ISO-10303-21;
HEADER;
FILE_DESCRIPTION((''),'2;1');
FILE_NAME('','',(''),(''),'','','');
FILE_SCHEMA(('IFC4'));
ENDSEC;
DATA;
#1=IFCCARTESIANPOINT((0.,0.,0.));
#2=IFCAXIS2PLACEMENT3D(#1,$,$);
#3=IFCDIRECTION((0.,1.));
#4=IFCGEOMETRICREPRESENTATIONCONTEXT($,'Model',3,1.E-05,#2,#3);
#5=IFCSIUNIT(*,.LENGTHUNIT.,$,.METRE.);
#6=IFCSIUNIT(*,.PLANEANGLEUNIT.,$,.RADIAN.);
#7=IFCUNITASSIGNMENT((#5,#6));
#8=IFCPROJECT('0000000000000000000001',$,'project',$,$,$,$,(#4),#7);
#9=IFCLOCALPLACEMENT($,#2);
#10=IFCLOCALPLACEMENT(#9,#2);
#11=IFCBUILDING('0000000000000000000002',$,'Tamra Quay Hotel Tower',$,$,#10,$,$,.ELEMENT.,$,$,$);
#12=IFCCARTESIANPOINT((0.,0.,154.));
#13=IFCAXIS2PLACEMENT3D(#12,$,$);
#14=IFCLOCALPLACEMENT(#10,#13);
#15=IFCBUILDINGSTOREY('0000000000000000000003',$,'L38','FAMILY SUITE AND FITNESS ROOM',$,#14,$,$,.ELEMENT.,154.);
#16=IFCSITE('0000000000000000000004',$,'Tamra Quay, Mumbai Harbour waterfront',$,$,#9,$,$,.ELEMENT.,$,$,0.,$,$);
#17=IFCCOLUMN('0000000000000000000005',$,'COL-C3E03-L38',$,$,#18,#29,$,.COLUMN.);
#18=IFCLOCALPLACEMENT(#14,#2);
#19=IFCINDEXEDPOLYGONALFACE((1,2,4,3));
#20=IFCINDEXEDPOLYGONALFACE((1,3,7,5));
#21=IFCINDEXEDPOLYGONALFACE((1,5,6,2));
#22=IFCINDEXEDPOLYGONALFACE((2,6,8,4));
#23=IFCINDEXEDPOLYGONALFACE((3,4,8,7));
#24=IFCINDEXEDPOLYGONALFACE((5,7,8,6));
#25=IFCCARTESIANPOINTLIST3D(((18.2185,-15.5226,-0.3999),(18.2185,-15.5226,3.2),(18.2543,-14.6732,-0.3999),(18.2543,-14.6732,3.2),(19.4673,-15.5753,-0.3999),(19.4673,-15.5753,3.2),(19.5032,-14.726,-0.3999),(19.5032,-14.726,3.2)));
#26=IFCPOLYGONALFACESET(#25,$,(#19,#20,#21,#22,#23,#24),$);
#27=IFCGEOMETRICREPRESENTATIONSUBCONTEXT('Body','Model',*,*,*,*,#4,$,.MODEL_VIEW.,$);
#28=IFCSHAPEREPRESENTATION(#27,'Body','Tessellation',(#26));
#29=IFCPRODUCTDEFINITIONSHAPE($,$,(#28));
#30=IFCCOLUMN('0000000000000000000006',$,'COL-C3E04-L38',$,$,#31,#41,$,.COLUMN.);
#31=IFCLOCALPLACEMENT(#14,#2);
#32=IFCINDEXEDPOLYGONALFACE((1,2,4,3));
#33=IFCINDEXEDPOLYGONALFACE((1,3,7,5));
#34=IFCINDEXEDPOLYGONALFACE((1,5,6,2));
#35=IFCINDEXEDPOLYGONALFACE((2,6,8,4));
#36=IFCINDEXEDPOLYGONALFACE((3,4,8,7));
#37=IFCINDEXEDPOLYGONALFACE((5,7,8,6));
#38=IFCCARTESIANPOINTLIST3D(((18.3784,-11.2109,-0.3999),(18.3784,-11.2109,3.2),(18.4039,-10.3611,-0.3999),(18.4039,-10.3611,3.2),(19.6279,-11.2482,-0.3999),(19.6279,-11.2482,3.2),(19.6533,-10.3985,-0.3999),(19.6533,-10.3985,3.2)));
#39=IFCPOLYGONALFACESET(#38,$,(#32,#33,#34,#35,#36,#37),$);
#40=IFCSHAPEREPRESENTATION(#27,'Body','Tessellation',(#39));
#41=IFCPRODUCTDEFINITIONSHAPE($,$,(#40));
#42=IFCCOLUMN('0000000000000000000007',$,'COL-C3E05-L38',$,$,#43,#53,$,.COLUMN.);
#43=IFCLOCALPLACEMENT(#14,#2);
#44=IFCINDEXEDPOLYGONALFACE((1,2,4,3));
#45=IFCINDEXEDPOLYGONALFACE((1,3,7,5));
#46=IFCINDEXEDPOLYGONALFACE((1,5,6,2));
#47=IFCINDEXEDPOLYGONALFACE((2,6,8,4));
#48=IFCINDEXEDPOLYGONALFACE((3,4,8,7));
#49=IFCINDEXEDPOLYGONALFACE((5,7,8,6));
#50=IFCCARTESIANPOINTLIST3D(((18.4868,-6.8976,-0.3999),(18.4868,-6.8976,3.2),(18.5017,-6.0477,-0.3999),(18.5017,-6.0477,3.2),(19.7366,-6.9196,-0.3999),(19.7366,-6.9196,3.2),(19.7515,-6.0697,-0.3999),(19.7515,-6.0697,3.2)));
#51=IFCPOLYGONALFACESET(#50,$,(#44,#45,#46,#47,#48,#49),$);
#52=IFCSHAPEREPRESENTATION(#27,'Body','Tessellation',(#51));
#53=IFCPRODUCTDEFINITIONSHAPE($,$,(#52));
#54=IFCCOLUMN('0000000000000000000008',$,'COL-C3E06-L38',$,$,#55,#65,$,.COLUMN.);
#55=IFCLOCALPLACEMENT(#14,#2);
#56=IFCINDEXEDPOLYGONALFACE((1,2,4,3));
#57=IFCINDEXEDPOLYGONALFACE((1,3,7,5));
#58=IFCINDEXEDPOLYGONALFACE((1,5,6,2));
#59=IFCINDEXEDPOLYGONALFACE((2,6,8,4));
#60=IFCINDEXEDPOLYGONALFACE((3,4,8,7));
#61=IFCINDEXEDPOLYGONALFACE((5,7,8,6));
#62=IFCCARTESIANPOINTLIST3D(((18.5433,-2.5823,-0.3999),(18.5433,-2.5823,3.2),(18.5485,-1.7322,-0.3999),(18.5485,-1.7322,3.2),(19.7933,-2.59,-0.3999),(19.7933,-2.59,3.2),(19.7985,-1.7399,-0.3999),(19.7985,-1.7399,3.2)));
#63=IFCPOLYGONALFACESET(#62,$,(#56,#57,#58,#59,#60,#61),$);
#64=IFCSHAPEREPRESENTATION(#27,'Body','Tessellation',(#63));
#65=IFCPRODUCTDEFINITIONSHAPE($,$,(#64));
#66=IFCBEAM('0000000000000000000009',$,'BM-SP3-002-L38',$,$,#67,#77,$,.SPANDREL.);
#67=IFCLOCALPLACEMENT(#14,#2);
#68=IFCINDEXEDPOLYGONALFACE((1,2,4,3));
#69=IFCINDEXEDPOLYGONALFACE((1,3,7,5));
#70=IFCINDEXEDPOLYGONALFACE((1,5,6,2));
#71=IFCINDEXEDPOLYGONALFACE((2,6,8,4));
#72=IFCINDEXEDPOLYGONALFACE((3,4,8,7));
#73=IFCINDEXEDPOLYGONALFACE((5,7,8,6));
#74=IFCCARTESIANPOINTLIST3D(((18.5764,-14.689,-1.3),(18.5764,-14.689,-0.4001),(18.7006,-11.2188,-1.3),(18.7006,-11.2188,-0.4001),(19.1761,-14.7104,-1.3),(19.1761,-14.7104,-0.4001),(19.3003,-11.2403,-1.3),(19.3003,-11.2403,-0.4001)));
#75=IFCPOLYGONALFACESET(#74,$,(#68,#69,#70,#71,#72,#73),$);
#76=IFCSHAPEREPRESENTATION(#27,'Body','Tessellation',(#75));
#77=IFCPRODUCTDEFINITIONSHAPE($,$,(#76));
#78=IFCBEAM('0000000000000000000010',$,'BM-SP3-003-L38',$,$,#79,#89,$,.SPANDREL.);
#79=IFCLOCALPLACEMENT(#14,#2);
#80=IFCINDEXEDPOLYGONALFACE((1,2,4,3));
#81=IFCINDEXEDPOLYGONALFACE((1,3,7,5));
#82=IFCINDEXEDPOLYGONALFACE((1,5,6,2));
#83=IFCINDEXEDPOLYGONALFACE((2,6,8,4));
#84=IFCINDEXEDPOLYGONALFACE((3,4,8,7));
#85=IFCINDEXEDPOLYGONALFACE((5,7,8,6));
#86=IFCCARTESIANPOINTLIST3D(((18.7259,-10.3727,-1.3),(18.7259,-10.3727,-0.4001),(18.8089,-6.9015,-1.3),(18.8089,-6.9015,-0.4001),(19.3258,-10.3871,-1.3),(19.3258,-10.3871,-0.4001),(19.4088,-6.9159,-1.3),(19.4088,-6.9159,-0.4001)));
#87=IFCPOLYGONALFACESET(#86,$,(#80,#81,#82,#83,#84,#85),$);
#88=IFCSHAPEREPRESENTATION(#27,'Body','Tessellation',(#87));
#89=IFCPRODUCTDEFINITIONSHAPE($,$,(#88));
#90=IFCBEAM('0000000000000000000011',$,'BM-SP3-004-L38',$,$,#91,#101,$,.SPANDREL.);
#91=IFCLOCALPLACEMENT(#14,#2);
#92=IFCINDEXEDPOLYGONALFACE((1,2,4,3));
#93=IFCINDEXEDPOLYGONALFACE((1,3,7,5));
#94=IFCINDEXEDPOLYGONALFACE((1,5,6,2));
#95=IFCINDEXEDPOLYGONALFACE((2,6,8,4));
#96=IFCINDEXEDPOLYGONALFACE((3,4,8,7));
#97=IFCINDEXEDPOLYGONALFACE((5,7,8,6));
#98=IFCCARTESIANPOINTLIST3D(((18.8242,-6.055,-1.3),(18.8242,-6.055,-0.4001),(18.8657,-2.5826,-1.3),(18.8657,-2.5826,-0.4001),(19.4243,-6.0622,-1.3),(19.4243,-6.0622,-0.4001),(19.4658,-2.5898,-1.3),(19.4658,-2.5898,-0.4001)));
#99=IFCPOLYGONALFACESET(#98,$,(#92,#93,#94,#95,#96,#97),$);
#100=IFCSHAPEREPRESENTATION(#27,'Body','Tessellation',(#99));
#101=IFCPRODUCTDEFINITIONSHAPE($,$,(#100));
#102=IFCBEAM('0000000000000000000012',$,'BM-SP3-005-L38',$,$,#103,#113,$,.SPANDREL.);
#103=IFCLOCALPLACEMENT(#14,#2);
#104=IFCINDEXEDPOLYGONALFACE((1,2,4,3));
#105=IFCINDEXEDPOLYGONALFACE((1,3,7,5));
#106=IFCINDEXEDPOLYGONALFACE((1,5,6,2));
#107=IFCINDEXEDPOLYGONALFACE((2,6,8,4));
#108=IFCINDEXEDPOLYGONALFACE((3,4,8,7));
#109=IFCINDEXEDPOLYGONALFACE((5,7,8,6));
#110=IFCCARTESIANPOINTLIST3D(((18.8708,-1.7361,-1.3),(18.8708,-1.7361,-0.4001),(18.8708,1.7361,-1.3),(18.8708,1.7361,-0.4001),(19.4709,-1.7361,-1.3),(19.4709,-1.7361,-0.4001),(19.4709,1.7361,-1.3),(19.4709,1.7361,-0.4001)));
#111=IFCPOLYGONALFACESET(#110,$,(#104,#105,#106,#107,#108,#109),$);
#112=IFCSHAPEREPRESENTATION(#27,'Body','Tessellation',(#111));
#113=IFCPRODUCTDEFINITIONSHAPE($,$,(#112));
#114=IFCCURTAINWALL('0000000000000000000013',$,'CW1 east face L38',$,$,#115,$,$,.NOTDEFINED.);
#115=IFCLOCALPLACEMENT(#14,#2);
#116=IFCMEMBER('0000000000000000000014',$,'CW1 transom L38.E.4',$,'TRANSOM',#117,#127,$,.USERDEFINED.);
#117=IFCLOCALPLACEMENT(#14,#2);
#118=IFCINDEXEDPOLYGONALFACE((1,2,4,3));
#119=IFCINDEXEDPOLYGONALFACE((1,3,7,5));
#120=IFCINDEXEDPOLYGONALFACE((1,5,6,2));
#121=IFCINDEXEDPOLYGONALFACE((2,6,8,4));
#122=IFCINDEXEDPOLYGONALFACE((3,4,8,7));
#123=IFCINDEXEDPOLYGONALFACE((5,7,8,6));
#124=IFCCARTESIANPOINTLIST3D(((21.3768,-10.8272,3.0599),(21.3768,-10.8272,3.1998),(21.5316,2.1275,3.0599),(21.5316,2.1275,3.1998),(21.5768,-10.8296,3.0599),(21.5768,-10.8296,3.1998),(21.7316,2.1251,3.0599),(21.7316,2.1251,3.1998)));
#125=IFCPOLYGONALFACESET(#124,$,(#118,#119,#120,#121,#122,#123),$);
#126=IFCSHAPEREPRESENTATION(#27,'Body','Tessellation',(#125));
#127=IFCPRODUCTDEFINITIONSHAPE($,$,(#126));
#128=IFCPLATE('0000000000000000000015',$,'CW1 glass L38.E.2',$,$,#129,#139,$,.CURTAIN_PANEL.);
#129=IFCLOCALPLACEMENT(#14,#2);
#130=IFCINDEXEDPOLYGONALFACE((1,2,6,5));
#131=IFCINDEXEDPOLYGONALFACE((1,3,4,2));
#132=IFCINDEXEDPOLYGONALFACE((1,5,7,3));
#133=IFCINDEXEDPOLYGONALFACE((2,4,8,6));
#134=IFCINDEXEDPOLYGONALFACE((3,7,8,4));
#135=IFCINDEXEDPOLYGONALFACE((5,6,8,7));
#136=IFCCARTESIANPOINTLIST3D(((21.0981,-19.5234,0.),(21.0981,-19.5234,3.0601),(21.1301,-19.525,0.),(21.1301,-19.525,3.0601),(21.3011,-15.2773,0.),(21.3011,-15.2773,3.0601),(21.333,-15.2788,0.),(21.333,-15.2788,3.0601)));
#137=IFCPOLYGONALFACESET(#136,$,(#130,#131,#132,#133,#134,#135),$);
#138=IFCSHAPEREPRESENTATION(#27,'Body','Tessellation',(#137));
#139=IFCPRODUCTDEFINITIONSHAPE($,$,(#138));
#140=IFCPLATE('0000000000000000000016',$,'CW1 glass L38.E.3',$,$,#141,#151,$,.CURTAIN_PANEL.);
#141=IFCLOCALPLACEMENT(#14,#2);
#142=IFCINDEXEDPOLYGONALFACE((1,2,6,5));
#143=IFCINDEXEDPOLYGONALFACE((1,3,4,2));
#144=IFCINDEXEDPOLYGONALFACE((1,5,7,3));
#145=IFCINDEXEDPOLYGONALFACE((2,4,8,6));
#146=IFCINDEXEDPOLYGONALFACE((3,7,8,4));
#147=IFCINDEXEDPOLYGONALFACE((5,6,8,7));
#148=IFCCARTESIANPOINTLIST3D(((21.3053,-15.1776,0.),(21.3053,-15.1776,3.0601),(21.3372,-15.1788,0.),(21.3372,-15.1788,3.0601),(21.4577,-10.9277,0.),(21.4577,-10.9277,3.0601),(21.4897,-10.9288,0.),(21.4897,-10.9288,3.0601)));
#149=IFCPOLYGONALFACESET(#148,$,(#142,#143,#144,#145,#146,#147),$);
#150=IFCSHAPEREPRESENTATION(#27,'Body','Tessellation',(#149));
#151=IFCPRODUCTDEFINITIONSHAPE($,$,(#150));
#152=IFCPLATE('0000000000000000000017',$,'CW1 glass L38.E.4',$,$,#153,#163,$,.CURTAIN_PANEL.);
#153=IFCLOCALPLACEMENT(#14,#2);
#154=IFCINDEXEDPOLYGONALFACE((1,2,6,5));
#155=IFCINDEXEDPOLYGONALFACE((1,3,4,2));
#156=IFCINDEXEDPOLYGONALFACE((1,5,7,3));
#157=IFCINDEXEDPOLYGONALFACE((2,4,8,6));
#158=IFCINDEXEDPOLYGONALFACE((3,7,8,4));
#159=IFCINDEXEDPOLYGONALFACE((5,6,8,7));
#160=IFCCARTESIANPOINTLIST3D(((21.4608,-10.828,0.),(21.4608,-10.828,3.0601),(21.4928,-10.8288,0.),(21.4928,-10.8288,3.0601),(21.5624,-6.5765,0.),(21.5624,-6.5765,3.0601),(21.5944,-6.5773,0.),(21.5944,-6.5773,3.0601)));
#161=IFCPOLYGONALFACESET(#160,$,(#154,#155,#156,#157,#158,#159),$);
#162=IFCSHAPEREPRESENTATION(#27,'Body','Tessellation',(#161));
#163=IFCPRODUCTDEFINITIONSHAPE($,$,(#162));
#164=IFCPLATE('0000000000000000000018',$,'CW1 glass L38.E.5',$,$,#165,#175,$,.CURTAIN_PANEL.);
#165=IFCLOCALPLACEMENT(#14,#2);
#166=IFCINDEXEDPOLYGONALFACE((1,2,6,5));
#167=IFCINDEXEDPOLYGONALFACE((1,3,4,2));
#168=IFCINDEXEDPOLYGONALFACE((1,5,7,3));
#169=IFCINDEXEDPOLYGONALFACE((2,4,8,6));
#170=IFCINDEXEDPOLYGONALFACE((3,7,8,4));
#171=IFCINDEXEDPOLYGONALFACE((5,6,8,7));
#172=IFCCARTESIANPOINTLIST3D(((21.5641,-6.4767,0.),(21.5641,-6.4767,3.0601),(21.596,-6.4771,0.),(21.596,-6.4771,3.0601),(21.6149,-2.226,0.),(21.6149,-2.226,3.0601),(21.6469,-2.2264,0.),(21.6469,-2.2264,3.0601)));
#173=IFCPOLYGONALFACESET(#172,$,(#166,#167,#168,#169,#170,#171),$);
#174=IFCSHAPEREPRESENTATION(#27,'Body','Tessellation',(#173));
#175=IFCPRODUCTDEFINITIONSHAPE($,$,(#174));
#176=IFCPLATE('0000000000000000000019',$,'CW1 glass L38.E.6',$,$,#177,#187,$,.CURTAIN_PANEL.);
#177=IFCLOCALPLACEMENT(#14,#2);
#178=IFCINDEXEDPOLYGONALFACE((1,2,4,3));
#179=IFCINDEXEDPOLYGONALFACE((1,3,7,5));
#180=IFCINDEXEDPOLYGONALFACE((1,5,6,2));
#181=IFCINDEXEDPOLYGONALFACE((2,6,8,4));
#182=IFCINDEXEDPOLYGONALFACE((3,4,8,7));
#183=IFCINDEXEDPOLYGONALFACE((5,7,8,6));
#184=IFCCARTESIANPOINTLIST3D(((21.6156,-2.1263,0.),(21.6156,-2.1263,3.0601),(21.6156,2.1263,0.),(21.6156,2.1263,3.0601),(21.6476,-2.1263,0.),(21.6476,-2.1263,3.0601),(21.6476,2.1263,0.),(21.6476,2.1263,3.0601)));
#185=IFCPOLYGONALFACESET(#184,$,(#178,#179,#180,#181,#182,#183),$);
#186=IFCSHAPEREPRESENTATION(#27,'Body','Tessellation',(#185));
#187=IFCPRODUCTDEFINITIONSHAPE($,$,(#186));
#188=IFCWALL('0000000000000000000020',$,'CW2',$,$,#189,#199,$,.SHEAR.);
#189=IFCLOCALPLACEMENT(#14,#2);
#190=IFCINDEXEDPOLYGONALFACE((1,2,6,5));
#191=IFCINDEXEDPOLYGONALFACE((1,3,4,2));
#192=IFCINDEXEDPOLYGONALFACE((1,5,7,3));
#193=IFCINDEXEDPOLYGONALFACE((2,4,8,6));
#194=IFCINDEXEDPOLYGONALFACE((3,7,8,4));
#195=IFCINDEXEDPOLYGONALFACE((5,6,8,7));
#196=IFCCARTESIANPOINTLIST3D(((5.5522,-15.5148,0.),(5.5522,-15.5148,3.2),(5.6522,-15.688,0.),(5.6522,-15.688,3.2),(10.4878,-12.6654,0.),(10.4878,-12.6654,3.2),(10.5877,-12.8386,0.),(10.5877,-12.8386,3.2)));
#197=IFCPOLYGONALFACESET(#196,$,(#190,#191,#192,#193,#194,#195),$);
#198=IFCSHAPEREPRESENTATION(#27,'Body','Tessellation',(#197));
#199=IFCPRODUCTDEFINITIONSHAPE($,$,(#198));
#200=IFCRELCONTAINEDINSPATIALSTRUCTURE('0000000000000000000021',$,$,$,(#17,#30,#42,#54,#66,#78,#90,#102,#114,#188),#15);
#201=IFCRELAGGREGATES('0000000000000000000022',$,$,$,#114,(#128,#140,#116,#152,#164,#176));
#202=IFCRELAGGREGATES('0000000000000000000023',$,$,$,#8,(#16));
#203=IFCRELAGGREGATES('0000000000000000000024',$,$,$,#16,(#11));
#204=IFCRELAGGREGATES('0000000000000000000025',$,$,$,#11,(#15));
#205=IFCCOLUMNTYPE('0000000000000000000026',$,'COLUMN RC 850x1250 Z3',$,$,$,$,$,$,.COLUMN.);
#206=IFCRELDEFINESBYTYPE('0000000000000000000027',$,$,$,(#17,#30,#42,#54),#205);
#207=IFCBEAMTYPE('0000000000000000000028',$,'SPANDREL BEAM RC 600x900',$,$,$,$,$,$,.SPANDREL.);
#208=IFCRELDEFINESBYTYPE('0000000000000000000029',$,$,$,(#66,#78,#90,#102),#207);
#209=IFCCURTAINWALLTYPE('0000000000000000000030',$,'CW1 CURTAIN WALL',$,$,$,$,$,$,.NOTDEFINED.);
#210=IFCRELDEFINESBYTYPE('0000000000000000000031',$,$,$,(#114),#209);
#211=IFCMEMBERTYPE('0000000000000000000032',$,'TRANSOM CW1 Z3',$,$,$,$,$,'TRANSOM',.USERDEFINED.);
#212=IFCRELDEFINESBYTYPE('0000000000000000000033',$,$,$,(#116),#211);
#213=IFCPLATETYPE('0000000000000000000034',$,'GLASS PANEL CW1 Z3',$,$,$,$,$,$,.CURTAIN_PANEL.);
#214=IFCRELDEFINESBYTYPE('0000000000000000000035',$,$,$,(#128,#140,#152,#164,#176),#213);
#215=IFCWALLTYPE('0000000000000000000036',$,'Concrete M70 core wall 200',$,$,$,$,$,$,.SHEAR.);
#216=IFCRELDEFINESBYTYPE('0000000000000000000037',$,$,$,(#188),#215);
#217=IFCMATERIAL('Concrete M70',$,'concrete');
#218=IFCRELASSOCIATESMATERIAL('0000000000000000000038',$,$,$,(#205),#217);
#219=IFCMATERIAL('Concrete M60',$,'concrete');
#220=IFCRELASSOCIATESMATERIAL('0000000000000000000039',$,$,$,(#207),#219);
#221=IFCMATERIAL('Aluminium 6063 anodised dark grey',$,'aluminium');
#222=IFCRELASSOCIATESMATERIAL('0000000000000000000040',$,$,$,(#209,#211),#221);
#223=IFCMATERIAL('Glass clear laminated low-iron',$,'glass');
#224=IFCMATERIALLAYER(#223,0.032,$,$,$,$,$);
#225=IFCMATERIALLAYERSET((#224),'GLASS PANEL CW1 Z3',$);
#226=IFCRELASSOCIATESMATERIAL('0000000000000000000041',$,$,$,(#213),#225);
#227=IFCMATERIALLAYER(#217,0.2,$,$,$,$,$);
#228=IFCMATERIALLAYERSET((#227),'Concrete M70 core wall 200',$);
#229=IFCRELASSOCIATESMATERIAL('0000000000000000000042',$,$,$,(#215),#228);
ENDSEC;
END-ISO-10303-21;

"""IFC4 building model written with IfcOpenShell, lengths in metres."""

from ifc_helpers import new_model, si_unit, direction, frame, frame_2d, origin, origin_2d, place, context, subcontext, project, spatial, rectangle, extrude, material, layer, layer_set, material_profile, profile_set, type_object, element, aggregate, save


model = new_model("IFC4")

# Units and contexts
model_context = context("Model", 3, precision=1e-05, world=origin(), true_north=direction((0.0, 1.0)))
body_context = subcontext(model_context, "Body", "Model", "MODEL_VIEW")
ifc_project = project(units=[si_unit("LENGTHUNIT", "METRE"), si_unit("PLANEANGLEUNIT", "RADIAN")], contexts=[model_context])

# Site, building, storey
site_placement = place(None, origin())
site = spatial("IfcSite", under=ifc_project, at=site_placement, Name="Tamra Quay, Mumbai Harbour waterfront", CompositionType="ELEMENT", RefElevation=0.0)
building_placement = place(site_placement, origin())
building = spatial("IfcBuilding", under=site, at=building_placement, Name="Tamra Quay Hotel Tower", CompositionType="ELEMENT")
storey_placement = place(building_placement, frame((0.0, 0.0, 154.0)))
storey = spatial("IfcBuildingStorey", under=building, at=storey_placement, Name="L38", Description="FAMILY SUITE AND FITNESS ROOM", CompositionType="ELEMENT", Elevation=154.0)

# Columns
ifc_material_1 = material(Name="Concrete M70", Category="concrete")
ifc_material_profile_1 = material_profile(ifc_material_1, rectangle(XDim=1.25, YDim=0.8501, at=origin_2d()), Name="COLUMN RC 850x1250 Z3")
ifc_profile_set_1 = profile_set([ifc_material_profile_1], Name="Concrete M70")
column_type = type_object("IfcColumnType", Name="COLUMN RC 850x1250 Z3", PredefinedType="COLUMN", material=ifc_profile_set_1)
for number, where, z_axis, x_axis, name in (
    (1, (18.8608, -15.1243, -0.3999), (0.0, 0.0, 1.0), (-0.999109, 0.042202, 0.0), "COL-C3E03-L38"),
    (2, (19.0159, -10.8047, -0.3999), (0.0, 0.0, 1.0), (-0.999553, 0.029907, 0.0), "COL-C3E04-L38"),
    (3, (19.1191, -6.4836, -0.3999), (0.0, 0.0, 1.0), (-0.999845, 0.017597, 0.0), "COL-C3E05-L38"),
    (4, (19.1709, -2.1611, -0.3999), (0.0, 0.0, 1.0), (-0.999981, 0.006159, 0.0), "COL-C3E06-L38"),
):
    element("IfcColumn", number, at=place(storey_placement, frame(where, z_axis=z_axis, x_axis=x_axis)), inside=storey, type_object=column_type, Name=name, PredefinedType="COLUMN", context=body_context, shape_type="SweptSolid", body=[
        extrude(rectangle(XDim=1.25, YDim=0.8501, at=origin_2d()), origin(), (0.0, 0.0, 1.0), 3.5999),
    ])

# Beams
ifc_material_2 = material(Name="Concrete M60", Category="concrete")
ifc_material_profile_2 = material_profile(ifc_material_2, rectangle(XDim=0.6001, YDim=0.8999, at=origin_2d()), Name="SPANDREL BEAM RC 600x900")
ifc_profile_set_2 = profile_set([ifc_material_profile_2], Name="Concrete M60")
beam_type = type_object("IfcBeamType", Name="SPANDREL BEAM RC 600x900", PredefinedType="SPANDREL", material=ifc_profile_set_2)
beam_1_placement = place(storey_placement, frame((18.8762, -14.6997, -0.8501), z_axis=(0.035787, 0.999359, 0.0), x_axis=(-0.999359, 0.035787, 0.0)))
element("IfcBeam", 5, at=beam_1_placement, inside=storey, type_object=beam_type, Name="BM-SP3-002-L38", PredefinedType="SPANDREL", context=body_context, shape_type="SweptSolid", body=[
    extrude(rectangle(XDim=0.6001, YDim=0.8999, at=origin_2d()), origin(), (0.0, 0.0, 1.0), 3.4724),
])
beam_2_placement = place(storey_placement, frame((19.0259, -10.3799, -0.8501), z_axis=(0.023907, 0.999714, 0.0), x_axis=(-0.999714, 0.023907, 0.0)))
element("IfcBeam", 6, at=beam_2_placement, inside=storey, type_object=beam_type, Name="BM-SP3-003-L38", PredefinedType="SPANDREL", context=body_context, shape_type="SweptSolid", body=[
    extrude(rectangle(XDim=0.6001, YDim=0.8999, at=origin_2d()), origin(), (0.0, 0.0, 1.0), 3.4722),
])
beam_3_placement = place(storey_placement, frame((19.1243, -6.0586, -0.8501), z_axis=(0.011952, 0.999929, 0.0), x_axis=(-0.999929, 0.011952, 0.0)))
element("IfcBeam", 7, at=beam_3_placement, inside=storey, type_object=beam_type, Name="BM-SP3-004-L38", PredefinedType="SPANDREL", context=body_context, shape_type="SweptSolid", body=[
    extrude(rectangle(XDim=0.6001, YDim=0.8999, at=origin_2d()), origin(), (0.0, 0.0, 1.0), 3.4727),
])
beam_4_placement = place(storey_placement, frame((19.1709, -1.7361, -0.8501), z_axis=(0.0, 1.0, 0.0), x_axis=(-1.0, 0.0, 0.0)))
element("IfcBeam", 8, at=beam_4_placement, inside=storey, type_object=beam_type, Name="BM-SP3-005-L38", PredefinedType="SPANDREL", context=body_context, shape_type="SweptSolid", body=[
    extrude(rectangle(XDim=0.6001, YDim=0.8999, at=origin_2d()), origin(), (0.0, 0.0, 1.0), 3.4722),
])

# Curtain wall, member, plates
ifc_material_3 = material(Name="Aluminium 6063 anodised dark grey", Category="aluminium")
curtain_wall_type = type_object("IfcCurtainWallType", Name="CW1 CURTAIN WALL", PredefinedType="NOTDEFINED", material=ifc_material_3)
curtain_wall_placement = place(storey_placement, origin())
curtain_wall = element("IfcCurtainWall", 9, at=curtain_wall_placement, inside=storey, type_object=curtain_wall_type, Name="CW1 east face L38", PredefinedType="NOTDEFINED")
ifc_material_profile_3 = material_profile(ifc_material_3, rectangle(XDim=0.2, YDim=0.1399, at=origin_2d()), Name="TRANSOM 200X140")
ifc_profile_set_3 = profile_set([ifc_material_profile_3], Name="Aluminium 6063 anodised dark grey")
member_type = type_object("IfcMemberType", Name="TRANSOM CW1 Z3", ElementType="TRANSOM", PredefinedType="USERDEFINED", material=ifc_profile_set_3)
member_placement = place(storey_placement, frame((21.4768, -10.8284, 3.1299), z_axis=(0.011947, 0.999929, 0.0), x_axis=(-0.999929, 0.011947, 0.0)))
member = element("IfcMember", 10, at=member_placement, type_object=member_type, Name="CW1 transom L38.E.4", ObjectType="TRANSOM", PredefinedType="USERDEFINED", context=body_context, shape_type="SweptSolid", body=[
    extrude(rectangle(XDim=0.2, YDim=0.1399, at=origin_2d()), origin(), (0.0, 0.0, 1.0), 12.9556),
])
ifc_material_4 = material(Name="Glass clear laminated low-iron", Category="glass")
ifc_layer_1 = layer(ifc_material_4, 0.032)
ifc_layer_set_1 = layer_set([ifc_layer_1], Name="GLASS PANEL CW1 Z3")
plate_type = type_object("IfcPlateType", Name="GLASS PANEL CW1 Z3", PredefinedType="CURTAIN_PANEL", material=ifc_layer_set_1)
plate_1_placement = place(storey_placement, frame((21.2156, -17.4011, 0.0), z_axis=(0.0, 0.0, 1.0), x_axis=(0.047747, 0.998859, 0.0)))
plate_1 = element("IfcPlate", 11, at=plate_1_placement, type_object=plate_type, Name="CW1 glass L38.E.2", PredefinedType="CURTAIN_PANEL", context=body_context, shape_type="SweptSolid", body=[
    extrude(rectangle(XDim=4.251, YDim=0.032, at=origin_2d()), origin(), (0.0, 0.0, 1.0), 3.0601),
])
plate_2_placement = place(storey_placement, frame((21.3975, -13.0532, 0.0), z_axis=(0.0, 0.0, 1.0), x_axis=(0.035845, 0.999357, 0.0)))
plate_2 = element("IfcPlate", 12, at=plate_2_placement, type_object=plate_type, Name="CW1 glass L38.E.3", PredefinedType="CURTAIN_PANEL", context=body_context, shape_type="SweptSolid", body=[
    extrude(rectangle(XDim=4.2527, YDim=0.032, at=origin_2d()), origin(), (0.0, 0.0, 1.0), 3.0601),
])
plate_3_placement = place(storey_placement, frame((21.5276, -8.7026, 0.0), z_axis=(0.0, 0.0, 1.0), x_axis=(0.023896, 0.999714, 0.0)))
plate_3 = element("IfcPlate", 13, at=plate_3_placement, type_object=plate_type, Name="CW1 glass L38.E.4", PredefinedType="CURTAIN_PANEL", context=body_context, shape_type="SweptSolid", body=[
    extrude(rectangle(XDim=4.2527, YDim=0.032, at=origin_2d()), origin(), (0.0, 0.0, 1.0), 3.0601),
])
plate_4_placement = place(storey_placement, frame((21.6055, -4.3516, 0.0), z_axis=(0.0, 0.0, 1.0), x_axis=(0.011957, 0.999929, 0.0)))
plate_4 = element("IfcPlate", 14, at=plate_4_placement, type_object=plate_type, Name="CW1 glass L38.E.5", PredefinedType="CURTAIN_PANEL", context=body_context, shape_type="SweptSolid", body=[
    extrude(rectangle(XDim=4.251, YDim=0.032, at=origin_2d()), origin(), (0.0, 0.0, 1.0), 3.0601),
])
plate_5_placement = place(storey_placement, frame((21.6316, 0.0, 0.0), z_axis=(0.0, 0.0, 1.0), x_axis=(0.0, 1.0, 0.0)))
plate_5 = element("IfcPlate", 15, at=plate_5_placement, type_object=plate_type, Name="CW1 glass L38.E.6", PredefinedType="CURTAIN_PANEL", context=body_context, shape_type="SweptSolid", body=[
    extrude(rectangle(XDim=4.2527, YDim=0.032, at=origin_2d()), origin(), (0.0, 0.0, 1.0), 3.0601),
])
aggregate(curtain_wall, [plate_1, plate_2, member, plate_3, plate_4, plate_5])

# Wall
ifc_layer_2 = layer(ifc_material_1, 0.2)
ifc_layer_set_2 = layer_set([ifc_layer_2], Name="Concrete M70 core wall 200")
wall_type_1 = type_object("IfcWallType", Name="Concrete M70 core wall 200", PredefinedType="SHEAR", material=ifc_layer_set_2)
wall_1_placement = place(storey_placement, frame((10.5378, -12.752, 0.0), z_axis=(0.0, 0.0, 1.0), x_axis=(-0.866039, -0.499977, 0.0)))
element("IfcWall", 16, at=wall_1_placement, inside=storey, type_object=wall_type_1, Name="CW2", PredefinedType="SHEAR", context=body_context, shape_type="SweptSolid", body=[
    extrude(rectangle(XDim=5.699, YDim=0.2, at=frame_2d((2.8496, 0.0))), origin(), (0.0, 0.0, 1.0), 3.2),
])

save(model, "model.ifc")
